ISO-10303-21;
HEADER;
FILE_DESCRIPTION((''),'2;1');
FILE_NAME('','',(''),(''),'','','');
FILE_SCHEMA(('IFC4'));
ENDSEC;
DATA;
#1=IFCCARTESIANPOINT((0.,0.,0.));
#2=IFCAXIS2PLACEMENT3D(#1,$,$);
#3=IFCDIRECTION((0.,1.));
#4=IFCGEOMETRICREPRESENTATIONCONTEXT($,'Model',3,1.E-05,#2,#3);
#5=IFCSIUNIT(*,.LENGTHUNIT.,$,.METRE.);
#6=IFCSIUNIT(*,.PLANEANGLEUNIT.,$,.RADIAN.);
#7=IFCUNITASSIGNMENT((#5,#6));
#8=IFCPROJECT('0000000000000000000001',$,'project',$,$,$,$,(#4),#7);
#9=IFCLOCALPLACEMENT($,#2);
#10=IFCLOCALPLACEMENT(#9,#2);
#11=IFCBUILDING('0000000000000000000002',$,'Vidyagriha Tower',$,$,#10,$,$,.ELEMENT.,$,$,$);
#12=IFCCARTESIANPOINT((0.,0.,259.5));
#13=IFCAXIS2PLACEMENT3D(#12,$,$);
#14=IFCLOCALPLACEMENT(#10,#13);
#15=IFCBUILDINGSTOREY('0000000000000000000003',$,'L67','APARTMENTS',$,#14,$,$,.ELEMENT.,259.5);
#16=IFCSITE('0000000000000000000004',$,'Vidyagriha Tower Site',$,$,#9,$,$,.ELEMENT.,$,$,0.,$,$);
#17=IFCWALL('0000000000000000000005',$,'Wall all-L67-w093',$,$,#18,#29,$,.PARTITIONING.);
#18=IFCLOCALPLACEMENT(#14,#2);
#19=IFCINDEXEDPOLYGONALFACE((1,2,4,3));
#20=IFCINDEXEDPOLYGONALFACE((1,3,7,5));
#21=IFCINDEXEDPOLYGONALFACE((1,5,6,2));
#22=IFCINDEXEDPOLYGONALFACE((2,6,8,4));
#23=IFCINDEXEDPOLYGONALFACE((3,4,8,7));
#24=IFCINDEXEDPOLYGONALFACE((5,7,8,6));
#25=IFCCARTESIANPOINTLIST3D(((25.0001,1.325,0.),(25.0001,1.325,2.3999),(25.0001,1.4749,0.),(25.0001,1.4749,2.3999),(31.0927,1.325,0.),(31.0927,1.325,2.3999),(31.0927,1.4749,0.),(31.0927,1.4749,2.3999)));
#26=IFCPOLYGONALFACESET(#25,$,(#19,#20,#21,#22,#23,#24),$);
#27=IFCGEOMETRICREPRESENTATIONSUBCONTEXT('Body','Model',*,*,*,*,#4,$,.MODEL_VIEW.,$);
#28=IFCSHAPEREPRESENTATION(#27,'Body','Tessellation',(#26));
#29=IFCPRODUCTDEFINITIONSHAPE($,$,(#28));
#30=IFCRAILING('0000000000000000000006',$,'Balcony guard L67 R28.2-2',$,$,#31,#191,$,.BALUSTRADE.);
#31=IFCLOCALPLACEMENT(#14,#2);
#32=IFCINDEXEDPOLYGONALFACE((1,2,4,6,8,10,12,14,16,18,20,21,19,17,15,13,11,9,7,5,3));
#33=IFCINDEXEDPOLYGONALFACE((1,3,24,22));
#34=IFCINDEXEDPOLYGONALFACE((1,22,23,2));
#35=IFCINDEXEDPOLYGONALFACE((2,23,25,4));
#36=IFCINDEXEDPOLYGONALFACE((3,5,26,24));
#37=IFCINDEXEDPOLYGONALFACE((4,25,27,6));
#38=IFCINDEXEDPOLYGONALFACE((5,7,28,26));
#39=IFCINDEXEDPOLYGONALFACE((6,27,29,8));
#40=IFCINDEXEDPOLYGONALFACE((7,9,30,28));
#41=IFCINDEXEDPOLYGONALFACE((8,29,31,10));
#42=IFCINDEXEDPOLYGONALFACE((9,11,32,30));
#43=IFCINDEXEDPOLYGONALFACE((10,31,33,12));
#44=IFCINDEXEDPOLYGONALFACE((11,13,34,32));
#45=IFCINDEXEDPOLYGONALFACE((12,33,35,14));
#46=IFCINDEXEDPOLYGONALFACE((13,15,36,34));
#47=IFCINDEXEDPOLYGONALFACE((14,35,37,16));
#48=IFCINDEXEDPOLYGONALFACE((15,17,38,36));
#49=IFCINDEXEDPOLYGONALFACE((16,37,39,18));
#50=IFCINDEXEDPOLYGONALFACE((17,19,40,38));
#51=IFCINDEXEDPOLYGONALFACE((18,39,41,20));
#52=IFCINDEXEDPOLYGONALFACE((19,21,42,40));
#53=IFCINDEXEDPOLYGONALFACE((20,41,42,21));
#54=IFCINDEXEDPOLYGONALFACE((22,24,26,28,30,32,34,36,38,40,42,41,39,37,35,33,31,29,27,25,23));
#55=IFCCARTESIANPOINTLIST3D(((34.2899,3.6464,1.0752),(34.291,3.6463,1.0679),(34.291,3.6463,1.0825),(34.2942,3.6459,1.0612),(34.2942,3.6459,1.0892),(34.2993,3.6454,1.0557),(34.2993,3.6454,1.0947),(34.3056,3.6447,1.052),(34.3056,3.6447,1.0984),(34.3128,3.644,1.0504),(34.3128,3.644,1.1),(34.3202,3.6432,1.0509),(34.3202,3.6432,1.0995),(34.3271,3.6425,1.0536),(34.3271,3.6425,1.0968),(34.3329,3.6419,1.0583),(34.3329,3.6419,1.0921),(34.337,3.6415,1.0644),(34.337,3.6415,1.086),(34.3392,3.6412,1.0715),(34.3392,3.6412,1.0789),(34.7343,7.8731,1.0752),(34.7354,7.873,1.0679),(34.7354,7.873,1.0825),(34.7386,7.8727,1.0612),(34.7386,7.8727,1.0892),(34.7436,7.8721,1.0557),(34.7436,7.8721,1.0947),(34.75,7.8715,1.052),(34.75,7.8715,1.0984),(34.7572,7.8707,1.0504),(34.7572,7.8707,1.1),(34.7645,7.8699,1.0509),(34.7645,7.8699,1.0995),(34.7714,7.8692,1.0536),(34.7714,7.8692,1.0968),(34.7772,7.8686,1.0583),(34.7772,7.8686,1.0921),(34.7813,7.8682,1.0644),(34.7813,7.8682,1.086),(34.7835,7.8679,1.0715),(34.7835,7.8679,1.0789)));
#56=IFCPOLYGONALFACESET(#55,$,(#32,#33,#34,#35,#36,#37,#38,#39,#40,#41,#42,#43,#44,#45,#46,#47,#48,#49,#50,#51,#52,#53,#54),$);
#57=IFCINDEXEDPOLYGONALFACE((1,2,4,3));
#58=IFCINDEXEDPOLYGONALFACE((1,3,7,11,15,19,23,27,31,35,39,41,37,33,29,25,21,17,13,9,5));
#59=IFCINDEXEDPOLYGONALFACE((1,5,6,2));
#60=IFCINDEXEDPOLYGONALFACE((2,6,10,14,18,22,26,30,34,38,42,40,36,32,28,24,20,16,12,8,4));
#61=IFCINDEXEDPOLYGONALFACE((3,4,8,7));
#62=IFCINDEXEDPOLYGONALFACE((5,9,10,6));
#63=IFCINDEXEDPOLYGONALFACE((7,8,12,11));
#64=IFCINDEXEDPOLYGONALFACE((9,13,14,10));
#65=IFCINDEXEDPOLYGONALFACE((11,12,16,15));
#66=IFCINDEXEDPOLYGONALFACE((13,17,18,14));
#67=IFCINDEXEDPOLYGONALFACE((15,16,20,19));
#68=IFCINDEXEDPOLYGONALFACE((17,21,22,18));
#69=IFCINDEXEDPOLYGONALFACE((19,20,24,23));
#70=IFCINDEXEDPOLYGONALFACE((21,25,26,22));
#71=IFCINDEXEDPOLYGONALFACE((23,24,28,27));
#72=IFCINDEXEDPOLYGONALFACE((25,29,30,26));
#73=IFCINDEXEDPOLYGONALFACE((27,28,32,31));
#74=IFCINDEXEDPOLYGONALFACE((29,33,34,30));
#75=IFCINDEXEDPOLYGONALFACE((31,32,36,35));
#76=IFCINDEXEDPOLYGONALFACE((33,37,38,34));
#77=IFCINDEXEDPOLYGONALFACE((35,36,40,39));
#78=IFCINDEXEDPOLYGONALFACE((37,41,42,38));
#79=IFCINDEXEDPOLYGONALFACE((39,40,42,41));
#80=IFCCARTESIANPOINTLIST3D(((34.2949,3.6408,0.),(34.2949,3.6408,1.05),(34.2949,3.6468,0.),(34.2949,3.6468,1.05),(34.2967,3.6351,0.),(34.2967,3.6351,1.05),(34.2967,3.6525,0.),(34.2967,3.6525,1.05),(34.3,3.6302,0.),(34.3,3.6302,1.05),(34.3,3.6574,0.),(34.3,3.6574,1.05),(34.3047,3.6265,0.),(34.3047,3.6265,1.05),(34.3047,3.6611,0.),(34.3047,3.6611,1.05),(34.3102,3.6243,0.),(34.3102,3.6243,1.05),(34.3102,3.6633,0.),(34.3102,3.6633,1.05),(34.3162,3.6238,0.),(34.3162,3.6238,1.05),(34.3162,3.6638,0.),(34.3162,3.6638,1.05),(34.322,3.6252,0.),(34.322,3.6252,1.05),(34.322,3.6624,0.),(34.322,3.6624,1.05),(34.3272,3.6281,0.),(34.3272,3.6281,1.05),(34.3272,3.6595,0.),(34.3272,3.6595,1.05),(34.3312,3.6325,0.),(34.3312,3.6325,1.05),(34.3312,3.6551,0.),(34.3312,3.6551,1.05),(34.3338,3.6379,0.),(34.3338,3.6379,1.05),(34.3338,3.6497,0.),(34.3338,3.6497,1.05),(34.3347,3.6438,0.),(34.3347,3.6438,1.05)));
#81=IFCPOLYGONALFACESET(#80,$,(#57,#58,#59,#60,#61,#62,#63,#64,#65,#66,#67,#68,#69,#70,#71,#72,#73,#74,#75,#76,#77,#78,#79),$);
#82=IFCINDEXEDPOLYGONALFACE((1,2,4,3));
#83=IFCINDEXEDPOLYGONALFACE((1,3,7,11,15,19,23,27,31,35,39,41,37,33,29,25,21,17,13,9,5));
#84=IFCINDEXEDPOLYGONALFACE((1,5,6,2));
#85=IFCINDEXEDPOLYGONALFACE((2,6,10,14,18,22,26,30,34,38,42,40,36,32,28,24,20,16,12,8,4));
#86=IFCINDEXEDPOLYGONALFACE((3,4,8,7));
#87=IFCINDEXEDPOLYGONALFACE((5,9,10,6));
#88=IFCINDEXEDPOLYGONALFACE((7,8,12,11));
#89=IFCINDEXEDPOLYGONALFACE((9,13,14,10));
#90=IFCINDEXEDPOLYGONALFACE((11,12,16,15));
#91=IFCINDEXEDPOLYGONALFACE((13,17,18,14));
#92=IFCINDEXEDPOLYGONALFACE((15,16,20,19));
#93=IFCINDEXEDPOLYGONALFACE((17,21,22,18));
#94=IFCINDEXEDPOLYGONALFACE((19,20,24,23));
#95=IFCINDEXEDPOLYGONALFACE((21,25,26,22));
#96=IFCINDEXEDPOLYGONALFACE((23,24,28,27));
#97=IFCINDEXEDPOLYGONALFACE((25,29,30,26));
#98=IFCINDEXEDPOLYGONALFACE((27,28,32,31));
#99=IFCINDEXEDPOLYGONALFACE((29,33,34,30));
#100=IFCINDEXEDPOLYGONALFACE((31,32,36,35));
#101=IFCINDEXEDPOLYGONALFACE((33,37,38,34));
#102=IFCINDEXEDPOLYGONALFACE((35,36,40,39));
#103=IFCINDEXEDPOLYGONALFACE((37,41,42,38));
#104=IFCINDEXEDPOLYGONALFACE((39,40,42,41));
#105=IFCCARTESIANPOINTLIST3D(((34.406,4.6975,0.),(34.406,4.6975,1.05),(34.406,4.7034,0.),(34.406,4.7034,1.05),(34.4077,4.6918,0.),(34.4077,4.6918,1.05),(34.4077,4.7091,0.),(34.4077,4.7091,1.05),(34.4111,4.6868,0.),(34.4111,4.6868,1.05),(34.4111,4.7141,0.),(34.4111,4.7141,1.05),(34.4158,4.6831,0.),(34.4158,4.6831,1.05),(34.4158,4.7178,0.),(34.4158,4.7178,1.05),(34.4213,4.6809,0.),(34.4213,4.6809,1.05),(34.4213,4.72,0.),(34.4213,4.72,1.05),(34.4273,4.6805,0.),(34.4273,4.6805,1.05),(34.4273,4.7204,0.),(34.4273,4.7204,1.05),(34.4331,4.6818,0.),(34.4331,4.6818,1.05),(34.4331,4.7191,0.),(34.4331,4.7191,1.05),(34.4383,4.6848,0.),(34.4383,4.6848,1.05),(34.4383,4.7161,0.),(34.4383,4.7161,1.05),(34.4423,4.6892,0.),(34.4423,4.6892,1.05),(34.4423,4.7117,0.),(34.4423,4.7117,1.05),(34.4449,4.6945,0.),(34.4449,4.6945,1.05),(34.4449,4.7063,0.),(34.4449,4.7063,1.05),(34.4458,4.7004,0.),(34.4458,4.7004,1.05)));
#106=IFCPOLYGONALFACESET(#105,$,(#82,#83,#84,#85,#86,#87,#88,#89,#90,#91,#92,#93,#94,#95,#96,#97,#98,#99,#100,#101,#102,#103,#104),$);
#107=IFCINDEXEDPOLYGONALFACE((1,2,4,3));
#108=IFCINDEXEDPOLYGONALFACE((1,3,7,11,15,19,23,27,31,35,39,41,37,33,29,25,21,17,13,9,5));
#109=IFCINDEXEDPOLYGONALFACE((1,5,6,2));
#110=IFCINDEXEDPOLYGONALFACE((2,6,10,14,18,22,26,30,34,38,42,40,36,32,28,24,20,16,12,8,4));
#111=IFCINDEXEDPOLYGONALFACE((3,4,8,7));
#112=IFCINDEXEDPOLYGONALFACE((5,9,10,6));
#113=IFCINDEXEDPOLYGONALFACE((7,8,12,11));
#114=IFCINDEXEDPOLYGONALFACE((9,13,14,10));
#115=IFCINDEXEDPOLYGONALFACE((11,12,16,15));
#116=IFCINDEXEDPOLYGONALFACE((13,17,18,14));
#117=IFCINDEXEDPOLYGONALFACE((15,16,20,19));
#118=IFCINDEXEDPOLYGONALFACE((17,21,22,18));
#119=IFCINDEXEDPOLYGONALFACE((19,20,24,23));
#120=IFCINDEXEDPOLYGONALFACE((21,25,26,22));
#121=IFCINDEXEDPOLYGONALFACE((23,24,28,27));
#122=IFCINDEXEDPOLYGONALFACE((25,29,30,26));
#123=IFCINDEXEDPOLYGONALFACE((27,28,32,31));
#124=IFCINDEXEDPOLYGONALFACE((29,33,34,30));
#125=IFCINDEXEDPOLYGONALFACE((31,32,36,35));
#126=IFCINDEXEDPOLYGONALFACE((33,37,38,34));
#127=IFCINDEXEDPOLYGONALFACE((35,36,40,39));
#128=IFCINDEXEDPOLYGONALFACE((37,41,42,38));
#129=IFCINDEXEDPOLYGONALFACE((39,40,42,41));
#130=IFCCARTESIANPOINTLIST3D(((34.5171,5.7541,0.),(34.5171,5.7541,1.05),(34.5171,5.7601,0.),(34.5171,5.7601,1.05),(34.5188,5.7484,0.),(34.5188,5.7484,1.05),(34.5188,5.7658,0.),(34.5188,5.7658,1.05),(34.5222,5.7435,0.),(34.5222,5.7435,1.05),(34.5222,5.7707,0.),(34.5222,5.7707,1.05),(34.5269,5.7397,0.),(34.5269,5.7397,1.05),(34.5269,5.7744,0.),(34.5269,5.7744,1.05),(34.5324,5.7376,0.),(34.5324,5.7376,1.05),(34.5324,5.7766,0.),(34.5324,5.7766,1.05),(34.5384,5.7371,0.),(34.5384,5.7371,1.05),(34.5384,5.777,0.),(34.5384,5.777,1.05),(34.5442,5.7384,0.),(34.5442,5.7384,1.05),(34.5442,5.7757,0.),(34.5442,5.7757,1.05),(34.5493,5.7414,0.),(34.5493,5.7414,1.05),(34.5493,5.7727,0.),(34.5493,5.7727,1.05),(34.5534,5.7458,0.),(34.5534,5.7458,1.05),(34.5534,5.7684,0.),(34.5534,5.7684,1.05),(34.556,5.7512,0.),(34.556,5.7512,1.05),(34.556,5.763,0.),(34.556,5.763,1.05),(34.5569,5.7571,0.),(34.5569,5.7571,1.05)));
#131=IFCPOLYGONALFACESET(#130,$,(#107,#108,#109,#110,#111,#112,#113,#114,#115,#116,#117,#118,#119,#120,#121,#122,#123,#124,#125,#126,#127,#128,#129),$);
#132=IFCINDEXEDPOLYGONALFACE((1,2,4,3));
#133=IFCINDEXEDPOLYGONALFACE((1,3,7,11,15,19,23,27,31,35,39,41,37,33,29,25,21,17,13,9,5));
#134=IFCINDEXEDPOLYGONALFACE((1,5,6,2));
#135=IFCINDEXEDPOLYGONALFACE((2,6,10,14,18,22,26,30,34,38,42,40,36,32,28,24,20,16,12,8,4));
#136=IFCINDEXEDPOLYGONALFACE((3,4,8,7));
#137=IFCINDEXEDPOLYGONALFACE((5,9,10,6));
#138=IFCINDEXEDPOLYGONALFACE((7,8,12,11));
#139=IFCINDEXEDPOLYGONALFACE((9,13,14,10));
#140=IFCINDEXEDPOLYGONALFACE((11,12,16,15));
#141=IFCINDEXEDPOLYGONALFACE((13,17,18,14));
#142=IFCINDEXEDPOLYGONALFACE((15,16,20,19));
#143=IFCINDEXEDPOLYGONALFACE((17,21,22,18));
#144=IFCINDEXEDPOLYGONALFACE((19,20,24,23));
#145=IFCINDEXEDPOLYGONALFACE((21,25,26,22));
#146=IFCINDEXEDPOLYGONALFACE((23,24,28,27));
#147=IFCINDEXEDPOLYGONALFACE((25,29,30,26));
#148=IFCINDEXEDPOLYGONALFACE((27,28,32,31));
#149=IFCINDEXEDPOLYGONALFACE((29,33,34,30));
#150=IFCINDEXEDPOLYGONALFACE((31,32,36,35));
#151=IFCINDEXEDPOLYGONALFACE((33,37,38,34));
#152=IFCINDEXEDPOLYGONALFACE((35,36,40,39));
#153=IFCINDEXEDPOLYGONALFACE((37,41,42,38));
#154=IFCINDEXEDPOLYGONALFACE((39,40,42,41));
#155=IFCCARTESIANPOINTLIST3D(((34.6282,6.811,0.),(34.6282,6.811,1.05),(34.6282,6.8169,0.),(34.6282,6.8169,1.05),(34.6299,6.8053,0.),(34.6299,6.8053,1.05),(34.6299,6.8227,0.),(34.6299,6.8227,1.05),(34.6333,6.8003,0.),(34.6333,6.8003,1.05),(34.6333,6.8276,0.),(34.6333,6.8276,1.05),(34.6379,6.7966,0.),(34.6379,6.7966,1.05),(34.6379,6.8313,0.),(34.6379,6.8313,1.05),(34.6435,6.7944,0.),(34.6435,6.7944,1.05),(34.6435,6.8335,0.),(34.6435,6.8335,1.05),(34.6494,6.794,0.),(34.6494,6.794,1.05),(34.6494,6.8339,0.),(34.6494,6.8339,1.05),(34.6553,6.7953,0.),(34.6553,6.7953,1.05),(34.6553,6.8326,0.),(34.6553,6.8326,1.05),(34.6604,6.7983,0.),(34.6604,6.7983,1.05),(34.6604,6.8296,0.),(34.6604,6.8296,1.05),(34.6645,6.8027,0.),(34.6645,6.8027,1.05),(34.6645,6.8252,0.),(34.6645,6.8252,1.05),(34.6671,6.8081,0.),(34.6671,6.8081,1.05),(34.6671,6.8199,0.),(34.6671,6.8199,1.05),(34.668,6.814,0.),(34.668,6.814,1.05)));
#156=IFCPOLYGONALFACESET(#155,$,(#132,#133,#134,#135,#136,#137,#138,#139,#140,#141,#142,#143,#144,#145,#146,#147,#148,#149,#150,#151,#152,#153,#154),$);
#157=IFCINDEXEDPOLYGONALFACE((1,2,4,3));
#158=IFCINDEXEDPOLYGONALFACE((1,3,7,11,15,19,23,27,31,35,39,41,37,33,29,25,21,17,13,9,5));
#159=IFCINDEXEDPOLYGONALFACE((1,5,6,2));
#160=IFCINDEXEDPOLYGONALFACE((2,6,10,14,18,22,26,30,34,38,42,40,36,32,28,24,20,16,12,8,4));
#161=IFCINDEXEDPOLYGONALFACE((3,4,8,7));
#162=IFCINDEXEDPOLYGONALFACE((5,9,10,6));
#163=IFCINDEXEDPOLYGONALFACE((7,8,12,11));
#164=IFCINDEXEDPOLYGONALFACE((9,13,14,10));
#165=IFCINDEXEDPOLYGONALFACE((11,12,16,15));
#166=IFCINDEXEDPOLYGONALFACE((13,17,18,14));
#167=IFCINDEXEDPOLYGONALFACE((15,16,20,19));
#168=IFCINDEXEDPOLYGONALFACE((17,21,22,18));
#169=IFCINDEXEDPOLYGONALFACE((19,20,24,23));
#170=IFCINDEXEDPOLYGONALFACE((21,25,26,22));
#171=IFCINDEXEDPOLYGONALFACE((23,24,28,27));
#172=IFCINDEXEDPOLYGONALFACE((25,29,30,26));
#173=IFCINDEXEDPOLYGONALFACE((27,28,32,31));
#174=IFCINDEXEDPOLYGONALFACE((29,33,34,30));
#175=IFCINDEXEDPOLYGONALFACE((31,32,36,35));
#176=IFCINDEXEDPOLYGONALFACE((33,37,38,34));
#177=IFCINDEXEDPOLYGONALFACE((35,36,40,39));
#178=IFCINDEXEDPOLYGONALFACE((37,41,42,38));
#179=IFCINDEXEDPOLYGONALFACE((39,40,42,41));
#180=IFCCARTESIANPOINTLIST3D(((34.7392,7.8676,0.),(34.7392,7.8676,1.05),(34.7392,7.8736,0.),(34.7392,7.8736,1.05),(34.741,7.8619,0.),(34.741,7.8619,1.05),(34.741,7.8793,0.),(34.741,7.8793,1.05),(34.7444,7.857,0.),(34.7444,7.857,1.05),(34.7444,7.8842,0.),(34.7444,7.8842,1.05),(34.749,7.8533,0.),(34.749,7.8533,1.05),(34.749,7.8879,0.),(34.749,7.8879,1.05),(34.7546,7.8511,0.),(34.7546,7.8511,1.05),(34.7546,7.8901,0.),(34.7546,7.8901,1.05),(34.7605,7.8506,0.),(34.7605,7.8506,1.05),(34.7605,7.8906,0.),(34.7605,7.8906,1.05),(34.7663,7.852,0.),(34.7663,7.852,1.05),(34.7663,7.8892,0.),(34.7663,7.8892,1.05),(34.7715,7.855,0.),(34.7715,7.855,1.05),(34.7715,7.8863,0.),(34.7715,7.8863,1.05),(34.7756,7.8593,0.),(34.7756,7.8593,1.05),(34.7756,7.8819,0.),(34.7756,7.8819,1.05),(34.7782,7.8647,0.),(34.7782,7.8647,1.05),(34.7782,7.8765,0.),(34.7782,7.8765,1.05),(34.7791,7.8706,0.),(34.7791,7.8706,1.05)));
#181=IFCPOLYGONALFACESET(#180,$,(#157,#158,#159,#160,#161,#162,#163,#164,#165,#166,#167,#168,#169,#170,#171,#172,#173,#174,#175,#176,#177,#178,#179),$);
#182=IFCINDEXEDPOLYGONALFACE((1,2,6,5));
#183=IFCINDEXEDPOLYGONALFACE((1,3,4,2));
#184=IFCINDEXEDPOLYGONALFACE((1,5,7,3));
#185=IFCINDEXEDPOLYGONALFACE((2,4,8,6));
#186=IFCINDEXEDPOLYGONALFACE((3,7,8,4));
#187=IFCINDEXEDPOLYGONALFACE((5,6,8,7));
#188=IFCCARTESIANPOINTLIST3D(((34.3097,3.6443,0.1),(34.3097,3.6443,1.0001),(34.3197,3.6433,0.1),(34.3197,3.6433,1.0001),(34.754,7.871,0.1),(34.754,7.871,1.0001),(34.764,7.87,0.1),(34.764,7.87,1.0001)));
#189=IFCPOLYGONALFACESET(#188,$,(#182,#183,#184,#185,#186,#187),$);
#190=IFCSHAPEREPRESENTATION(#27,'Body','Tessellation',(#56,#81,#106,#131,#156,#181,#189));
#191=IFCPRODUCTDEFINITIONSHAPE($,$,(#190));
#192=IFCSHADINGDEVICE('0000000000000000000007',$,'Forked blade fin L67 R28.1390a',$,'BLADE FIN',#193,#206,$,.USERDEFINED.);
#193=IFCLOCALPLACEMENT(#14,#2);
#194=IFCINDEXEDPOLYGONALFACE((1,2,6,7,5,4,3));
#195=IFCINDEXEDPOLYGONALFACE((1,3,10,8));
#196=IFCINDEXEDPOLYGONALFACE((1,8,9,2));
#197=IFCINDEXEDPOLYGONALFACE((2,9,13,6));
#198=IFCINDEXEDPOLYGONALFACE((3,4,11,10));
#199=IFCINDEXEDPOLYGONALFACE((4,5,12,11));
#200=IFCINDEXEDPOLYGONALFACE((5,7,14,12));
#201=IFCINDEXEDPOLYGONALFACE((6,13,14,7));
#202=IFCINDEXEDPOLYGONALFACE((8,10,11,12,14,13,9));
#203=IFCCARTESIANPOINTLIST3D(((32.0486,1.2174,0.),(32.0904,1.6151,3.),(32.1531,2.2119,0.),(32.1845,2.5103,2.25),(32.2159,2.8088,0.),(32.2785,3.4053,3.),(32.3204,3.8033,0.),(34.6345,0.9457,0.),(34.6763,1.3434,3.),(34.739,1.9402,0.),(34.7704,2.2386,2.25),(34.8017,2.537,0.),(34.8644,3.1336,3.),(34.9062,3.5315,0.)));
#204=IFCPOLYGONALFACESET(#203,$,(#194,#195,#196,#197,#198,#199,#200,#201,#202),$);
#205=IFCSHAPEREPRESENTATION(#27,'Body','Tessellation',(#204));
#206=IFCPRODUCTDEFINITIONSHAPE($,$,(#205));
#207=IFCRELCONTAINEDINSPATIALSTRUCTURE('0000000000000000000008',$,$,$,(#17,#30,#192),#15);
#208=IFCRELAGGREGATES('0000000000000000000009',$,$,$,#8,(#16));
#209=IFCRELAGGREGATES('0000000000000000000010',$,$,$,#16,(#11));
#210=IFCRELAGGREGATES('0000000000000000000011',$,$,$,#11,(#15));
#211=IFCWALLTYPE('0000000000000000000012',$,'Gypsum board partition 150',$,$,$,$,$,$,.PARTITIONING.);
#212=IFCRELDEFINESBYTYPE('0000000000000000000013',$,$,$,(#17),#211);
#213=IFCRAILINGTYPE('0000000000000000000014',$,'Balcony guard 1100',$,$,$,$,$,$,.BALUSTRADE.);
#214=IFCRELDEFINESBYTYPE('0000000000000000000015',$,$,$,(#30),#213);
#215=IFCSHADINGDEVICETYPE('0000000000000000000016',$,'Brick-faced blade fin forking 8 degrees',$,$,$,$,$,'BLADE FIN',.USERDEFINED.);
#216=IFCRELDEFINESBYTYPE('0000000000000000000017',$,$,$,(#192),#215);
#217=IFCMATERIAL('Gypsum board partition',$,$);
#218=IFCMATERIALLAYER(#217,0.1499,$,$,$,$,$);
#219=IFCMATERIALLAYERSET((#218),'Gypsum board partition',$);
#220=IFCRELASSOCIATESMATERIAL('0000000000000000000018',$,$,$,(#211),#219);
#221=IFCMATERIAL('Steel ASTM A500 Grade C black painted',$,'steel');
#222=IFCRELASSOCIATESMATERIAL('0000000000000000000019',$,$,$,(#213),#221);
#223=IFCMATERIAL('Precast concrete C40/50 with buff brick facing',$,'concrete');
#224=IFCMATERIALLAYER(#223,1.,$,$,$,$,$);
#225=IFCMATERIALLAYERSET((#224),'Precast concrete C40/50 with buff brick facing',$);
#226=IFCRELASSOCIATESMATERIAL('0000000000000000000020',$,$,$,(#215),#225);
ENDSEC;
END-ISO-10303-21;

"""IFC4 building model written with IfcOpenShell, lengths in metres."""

from ifc_helpers import new_model, si_unit, direction, frame, frame_2d, origin, origin_2d, place, context, subcontext, project, spatial, polyline, rectangle, circle, outline, extrude, material, layer, layer_set, type_object, element, save


model = new_model("IFC4")

# Units and contexts
model_context = context("Model", 3, precision=1e-05, world=origin(), true_north=direction((0.0, 1.0)))
body_context = subcontext(model_context, "Body", "Model", "MODEL_VIEW")
ifc_project = project(units=[si_unit("LENGTHUNIT", "METRE"), si_unit("PLANEANGLEUNIT", "RADIAN")], contexts=[model_context])

# Site, building, storey
site_placement = place(None, origin())
site = spatial("IfcSite", under=ifc_project, at=site_placement, Name="Vidyagriha Tower Site", CompositionType="ELEMENT", RefElevation=0.0)
building_placement = place(site_placement, origin())
building = spatial("IfcBuilding", under=site, at=building_placement, Name="Vidyagriha Tower", CompositionType="ELEMENT")
storey_placement = place(building_placement, frame((0.0, 0.0, 259.5)))
storey = spatial("IfcBuildingStorey", under=building, at=storey_placement, Name="L67", Description="APARTMENTS", CompositionType="ELEMENT", Elevation=259.5)

# Shared definitions
ifc_material_1 = material(Name="Gypsum board partition")
ifc_layer_1 = layer(ifc_material_1, 0.1499)
ifc_layer_set_1 = layer_set([ifc_layer_1], Name="Gypsum board partition")
wall_type_1 = type_object("IfcWallType", Name="Gypsum board partition 150", PredefinedType="PARTITIONING", material=ifc_layer_set_1)

# Wall
wall_1_placement = place(storey_placement, frame((25.0, 1.3999, 0.0)))
element("IfcWall", 1, at=wall_1_placement, inside=storey, type_object=wall_type_1, Name="Wall all-L67-w093", PredefinedType="PARTITIONING", context=body_context, shape_type="SweptSolid", body=[
    extrude(rectangle(XDim=6.0925, YDim=0.1499, at=frame_2d((3.0464, 0.0))), origin(), (0.0, 0.0, 1.0), 2.3999),
])

# Railing
ifc_material_2 = material(Name="Steel ASTM A500 Grade C black painted", Category="steel")
railing_type_1 = type_object("IfcRailingType", Name="Balcony guard 1100", PredefinedType="BALUSTRADE", material=ifc_material_2)
railing_1_placement = place(storey_placement, frame((34.3147, 3.6438, 0.0)))
element("IfcRailing", 2, at=railing_1_placement, inside=storey, type_object=railing_type_1, Name="Balcony guard L67 R28.2-2", PredefinedType="BALUSTRADE", context=body_context, shape_type="SweptSolid", body=[
    extrude(circle(Radius=0.0249, at=origin_2d()), frame((0.0, 0.0, 1.0752), z_axis=(0.104547, 0.99452, 0.0), x_axis=(-0.99452, 0.104547, 0.0)), (0.0, 0.0, 1.0), 4.25),
    extrude(circle(Radius=0.02, at=origin_2d()), origin(), (0.0, 0.0, 1.0), 1.05),
    extrude(circle(Radius=0.02, at=origin_2d()), frame((0.1111, 1.0566, 0.0)), (0.0, 0.0, 1.0), 1.05),
    extrude(circle(Radius=0.02, at=origin_2d()), frame((0.2222, 2.1133, 0.0)), (0.0, 0.0, 1.0), 1.05),
    extrude(circle(Radius=0.02, at=origin_2d()), frame((0.3333, 3.1702, 0.0)), (0.0, 0.0, 1.0), 1.05),
    extrude(circle(Radius=0.02, at=origin_2d()), frame((0.4443, 4.2268, 0.0)), (0.0, 0.0, 1.0), 1.05),
    extrude(rectangle(XDim=0.01, YDim=0.9001, at=origin_2d()), frame((0.0, 0.0, 0.55), z_axis=(0.104547, 0.99452, 0.0), x_axis=(-0.99452, 0.104547, 0.0)), (0.0, 0.0, 1.0), 4.25),
])

# Shading device
ifc_material_3 = material(Name="Precast concrete C40/50 with buff brick facing", Category="concrete")
ifc_layer_2 = layer(ifc_material_3, 1.0)
ifc_layer_set_2 = layer_set([ifc_layer_2], Name="Precast concrete C40/50 with buff brick facing")
shading_device_type_1 = type_object("IfcShadingDeviceType", Name="Brick-faced blade fin forking 8 degrees", ElementType="BLADE FIN", PredefinedType="USERDEFINED", material=ifc_layer_set_2)
shading_device_1_placement = place(storey_placement, frame((33.3416, 1.0815, 0.0), z_axis=(0.0, 0.0, 1.0), x_axis=(0.104514, 0.994523, 0.0)))
element("IfcShadingDevice", 3, at=shading_device_1_placement, inside=storey, type_object=shading_device_type_1, Name="Forked blade fin L67 R28.1390a", ObjectType="BLADE FIN", PredefinedType="USERDEFINED", context=body_context, shape_type="SweptSolid", body=[
    extrude(outline(polyline([(1.0, 0.0), (1.3, 2.25), (1.6001, 0.0), (2.6001, 0.0), (2.2, 3.0), (0.3999, 3.0), (0.0, 0.0), (1.0, 0.0)])), frame((0.0, 1.3, 0.0), z_axis=(0.0, -1.0, 0.0), x_axis=(1.0, 0.0, 0.0)), (0.0, 0.0, 1.0), 2.6001),
])

save(model, "model.ifc")
